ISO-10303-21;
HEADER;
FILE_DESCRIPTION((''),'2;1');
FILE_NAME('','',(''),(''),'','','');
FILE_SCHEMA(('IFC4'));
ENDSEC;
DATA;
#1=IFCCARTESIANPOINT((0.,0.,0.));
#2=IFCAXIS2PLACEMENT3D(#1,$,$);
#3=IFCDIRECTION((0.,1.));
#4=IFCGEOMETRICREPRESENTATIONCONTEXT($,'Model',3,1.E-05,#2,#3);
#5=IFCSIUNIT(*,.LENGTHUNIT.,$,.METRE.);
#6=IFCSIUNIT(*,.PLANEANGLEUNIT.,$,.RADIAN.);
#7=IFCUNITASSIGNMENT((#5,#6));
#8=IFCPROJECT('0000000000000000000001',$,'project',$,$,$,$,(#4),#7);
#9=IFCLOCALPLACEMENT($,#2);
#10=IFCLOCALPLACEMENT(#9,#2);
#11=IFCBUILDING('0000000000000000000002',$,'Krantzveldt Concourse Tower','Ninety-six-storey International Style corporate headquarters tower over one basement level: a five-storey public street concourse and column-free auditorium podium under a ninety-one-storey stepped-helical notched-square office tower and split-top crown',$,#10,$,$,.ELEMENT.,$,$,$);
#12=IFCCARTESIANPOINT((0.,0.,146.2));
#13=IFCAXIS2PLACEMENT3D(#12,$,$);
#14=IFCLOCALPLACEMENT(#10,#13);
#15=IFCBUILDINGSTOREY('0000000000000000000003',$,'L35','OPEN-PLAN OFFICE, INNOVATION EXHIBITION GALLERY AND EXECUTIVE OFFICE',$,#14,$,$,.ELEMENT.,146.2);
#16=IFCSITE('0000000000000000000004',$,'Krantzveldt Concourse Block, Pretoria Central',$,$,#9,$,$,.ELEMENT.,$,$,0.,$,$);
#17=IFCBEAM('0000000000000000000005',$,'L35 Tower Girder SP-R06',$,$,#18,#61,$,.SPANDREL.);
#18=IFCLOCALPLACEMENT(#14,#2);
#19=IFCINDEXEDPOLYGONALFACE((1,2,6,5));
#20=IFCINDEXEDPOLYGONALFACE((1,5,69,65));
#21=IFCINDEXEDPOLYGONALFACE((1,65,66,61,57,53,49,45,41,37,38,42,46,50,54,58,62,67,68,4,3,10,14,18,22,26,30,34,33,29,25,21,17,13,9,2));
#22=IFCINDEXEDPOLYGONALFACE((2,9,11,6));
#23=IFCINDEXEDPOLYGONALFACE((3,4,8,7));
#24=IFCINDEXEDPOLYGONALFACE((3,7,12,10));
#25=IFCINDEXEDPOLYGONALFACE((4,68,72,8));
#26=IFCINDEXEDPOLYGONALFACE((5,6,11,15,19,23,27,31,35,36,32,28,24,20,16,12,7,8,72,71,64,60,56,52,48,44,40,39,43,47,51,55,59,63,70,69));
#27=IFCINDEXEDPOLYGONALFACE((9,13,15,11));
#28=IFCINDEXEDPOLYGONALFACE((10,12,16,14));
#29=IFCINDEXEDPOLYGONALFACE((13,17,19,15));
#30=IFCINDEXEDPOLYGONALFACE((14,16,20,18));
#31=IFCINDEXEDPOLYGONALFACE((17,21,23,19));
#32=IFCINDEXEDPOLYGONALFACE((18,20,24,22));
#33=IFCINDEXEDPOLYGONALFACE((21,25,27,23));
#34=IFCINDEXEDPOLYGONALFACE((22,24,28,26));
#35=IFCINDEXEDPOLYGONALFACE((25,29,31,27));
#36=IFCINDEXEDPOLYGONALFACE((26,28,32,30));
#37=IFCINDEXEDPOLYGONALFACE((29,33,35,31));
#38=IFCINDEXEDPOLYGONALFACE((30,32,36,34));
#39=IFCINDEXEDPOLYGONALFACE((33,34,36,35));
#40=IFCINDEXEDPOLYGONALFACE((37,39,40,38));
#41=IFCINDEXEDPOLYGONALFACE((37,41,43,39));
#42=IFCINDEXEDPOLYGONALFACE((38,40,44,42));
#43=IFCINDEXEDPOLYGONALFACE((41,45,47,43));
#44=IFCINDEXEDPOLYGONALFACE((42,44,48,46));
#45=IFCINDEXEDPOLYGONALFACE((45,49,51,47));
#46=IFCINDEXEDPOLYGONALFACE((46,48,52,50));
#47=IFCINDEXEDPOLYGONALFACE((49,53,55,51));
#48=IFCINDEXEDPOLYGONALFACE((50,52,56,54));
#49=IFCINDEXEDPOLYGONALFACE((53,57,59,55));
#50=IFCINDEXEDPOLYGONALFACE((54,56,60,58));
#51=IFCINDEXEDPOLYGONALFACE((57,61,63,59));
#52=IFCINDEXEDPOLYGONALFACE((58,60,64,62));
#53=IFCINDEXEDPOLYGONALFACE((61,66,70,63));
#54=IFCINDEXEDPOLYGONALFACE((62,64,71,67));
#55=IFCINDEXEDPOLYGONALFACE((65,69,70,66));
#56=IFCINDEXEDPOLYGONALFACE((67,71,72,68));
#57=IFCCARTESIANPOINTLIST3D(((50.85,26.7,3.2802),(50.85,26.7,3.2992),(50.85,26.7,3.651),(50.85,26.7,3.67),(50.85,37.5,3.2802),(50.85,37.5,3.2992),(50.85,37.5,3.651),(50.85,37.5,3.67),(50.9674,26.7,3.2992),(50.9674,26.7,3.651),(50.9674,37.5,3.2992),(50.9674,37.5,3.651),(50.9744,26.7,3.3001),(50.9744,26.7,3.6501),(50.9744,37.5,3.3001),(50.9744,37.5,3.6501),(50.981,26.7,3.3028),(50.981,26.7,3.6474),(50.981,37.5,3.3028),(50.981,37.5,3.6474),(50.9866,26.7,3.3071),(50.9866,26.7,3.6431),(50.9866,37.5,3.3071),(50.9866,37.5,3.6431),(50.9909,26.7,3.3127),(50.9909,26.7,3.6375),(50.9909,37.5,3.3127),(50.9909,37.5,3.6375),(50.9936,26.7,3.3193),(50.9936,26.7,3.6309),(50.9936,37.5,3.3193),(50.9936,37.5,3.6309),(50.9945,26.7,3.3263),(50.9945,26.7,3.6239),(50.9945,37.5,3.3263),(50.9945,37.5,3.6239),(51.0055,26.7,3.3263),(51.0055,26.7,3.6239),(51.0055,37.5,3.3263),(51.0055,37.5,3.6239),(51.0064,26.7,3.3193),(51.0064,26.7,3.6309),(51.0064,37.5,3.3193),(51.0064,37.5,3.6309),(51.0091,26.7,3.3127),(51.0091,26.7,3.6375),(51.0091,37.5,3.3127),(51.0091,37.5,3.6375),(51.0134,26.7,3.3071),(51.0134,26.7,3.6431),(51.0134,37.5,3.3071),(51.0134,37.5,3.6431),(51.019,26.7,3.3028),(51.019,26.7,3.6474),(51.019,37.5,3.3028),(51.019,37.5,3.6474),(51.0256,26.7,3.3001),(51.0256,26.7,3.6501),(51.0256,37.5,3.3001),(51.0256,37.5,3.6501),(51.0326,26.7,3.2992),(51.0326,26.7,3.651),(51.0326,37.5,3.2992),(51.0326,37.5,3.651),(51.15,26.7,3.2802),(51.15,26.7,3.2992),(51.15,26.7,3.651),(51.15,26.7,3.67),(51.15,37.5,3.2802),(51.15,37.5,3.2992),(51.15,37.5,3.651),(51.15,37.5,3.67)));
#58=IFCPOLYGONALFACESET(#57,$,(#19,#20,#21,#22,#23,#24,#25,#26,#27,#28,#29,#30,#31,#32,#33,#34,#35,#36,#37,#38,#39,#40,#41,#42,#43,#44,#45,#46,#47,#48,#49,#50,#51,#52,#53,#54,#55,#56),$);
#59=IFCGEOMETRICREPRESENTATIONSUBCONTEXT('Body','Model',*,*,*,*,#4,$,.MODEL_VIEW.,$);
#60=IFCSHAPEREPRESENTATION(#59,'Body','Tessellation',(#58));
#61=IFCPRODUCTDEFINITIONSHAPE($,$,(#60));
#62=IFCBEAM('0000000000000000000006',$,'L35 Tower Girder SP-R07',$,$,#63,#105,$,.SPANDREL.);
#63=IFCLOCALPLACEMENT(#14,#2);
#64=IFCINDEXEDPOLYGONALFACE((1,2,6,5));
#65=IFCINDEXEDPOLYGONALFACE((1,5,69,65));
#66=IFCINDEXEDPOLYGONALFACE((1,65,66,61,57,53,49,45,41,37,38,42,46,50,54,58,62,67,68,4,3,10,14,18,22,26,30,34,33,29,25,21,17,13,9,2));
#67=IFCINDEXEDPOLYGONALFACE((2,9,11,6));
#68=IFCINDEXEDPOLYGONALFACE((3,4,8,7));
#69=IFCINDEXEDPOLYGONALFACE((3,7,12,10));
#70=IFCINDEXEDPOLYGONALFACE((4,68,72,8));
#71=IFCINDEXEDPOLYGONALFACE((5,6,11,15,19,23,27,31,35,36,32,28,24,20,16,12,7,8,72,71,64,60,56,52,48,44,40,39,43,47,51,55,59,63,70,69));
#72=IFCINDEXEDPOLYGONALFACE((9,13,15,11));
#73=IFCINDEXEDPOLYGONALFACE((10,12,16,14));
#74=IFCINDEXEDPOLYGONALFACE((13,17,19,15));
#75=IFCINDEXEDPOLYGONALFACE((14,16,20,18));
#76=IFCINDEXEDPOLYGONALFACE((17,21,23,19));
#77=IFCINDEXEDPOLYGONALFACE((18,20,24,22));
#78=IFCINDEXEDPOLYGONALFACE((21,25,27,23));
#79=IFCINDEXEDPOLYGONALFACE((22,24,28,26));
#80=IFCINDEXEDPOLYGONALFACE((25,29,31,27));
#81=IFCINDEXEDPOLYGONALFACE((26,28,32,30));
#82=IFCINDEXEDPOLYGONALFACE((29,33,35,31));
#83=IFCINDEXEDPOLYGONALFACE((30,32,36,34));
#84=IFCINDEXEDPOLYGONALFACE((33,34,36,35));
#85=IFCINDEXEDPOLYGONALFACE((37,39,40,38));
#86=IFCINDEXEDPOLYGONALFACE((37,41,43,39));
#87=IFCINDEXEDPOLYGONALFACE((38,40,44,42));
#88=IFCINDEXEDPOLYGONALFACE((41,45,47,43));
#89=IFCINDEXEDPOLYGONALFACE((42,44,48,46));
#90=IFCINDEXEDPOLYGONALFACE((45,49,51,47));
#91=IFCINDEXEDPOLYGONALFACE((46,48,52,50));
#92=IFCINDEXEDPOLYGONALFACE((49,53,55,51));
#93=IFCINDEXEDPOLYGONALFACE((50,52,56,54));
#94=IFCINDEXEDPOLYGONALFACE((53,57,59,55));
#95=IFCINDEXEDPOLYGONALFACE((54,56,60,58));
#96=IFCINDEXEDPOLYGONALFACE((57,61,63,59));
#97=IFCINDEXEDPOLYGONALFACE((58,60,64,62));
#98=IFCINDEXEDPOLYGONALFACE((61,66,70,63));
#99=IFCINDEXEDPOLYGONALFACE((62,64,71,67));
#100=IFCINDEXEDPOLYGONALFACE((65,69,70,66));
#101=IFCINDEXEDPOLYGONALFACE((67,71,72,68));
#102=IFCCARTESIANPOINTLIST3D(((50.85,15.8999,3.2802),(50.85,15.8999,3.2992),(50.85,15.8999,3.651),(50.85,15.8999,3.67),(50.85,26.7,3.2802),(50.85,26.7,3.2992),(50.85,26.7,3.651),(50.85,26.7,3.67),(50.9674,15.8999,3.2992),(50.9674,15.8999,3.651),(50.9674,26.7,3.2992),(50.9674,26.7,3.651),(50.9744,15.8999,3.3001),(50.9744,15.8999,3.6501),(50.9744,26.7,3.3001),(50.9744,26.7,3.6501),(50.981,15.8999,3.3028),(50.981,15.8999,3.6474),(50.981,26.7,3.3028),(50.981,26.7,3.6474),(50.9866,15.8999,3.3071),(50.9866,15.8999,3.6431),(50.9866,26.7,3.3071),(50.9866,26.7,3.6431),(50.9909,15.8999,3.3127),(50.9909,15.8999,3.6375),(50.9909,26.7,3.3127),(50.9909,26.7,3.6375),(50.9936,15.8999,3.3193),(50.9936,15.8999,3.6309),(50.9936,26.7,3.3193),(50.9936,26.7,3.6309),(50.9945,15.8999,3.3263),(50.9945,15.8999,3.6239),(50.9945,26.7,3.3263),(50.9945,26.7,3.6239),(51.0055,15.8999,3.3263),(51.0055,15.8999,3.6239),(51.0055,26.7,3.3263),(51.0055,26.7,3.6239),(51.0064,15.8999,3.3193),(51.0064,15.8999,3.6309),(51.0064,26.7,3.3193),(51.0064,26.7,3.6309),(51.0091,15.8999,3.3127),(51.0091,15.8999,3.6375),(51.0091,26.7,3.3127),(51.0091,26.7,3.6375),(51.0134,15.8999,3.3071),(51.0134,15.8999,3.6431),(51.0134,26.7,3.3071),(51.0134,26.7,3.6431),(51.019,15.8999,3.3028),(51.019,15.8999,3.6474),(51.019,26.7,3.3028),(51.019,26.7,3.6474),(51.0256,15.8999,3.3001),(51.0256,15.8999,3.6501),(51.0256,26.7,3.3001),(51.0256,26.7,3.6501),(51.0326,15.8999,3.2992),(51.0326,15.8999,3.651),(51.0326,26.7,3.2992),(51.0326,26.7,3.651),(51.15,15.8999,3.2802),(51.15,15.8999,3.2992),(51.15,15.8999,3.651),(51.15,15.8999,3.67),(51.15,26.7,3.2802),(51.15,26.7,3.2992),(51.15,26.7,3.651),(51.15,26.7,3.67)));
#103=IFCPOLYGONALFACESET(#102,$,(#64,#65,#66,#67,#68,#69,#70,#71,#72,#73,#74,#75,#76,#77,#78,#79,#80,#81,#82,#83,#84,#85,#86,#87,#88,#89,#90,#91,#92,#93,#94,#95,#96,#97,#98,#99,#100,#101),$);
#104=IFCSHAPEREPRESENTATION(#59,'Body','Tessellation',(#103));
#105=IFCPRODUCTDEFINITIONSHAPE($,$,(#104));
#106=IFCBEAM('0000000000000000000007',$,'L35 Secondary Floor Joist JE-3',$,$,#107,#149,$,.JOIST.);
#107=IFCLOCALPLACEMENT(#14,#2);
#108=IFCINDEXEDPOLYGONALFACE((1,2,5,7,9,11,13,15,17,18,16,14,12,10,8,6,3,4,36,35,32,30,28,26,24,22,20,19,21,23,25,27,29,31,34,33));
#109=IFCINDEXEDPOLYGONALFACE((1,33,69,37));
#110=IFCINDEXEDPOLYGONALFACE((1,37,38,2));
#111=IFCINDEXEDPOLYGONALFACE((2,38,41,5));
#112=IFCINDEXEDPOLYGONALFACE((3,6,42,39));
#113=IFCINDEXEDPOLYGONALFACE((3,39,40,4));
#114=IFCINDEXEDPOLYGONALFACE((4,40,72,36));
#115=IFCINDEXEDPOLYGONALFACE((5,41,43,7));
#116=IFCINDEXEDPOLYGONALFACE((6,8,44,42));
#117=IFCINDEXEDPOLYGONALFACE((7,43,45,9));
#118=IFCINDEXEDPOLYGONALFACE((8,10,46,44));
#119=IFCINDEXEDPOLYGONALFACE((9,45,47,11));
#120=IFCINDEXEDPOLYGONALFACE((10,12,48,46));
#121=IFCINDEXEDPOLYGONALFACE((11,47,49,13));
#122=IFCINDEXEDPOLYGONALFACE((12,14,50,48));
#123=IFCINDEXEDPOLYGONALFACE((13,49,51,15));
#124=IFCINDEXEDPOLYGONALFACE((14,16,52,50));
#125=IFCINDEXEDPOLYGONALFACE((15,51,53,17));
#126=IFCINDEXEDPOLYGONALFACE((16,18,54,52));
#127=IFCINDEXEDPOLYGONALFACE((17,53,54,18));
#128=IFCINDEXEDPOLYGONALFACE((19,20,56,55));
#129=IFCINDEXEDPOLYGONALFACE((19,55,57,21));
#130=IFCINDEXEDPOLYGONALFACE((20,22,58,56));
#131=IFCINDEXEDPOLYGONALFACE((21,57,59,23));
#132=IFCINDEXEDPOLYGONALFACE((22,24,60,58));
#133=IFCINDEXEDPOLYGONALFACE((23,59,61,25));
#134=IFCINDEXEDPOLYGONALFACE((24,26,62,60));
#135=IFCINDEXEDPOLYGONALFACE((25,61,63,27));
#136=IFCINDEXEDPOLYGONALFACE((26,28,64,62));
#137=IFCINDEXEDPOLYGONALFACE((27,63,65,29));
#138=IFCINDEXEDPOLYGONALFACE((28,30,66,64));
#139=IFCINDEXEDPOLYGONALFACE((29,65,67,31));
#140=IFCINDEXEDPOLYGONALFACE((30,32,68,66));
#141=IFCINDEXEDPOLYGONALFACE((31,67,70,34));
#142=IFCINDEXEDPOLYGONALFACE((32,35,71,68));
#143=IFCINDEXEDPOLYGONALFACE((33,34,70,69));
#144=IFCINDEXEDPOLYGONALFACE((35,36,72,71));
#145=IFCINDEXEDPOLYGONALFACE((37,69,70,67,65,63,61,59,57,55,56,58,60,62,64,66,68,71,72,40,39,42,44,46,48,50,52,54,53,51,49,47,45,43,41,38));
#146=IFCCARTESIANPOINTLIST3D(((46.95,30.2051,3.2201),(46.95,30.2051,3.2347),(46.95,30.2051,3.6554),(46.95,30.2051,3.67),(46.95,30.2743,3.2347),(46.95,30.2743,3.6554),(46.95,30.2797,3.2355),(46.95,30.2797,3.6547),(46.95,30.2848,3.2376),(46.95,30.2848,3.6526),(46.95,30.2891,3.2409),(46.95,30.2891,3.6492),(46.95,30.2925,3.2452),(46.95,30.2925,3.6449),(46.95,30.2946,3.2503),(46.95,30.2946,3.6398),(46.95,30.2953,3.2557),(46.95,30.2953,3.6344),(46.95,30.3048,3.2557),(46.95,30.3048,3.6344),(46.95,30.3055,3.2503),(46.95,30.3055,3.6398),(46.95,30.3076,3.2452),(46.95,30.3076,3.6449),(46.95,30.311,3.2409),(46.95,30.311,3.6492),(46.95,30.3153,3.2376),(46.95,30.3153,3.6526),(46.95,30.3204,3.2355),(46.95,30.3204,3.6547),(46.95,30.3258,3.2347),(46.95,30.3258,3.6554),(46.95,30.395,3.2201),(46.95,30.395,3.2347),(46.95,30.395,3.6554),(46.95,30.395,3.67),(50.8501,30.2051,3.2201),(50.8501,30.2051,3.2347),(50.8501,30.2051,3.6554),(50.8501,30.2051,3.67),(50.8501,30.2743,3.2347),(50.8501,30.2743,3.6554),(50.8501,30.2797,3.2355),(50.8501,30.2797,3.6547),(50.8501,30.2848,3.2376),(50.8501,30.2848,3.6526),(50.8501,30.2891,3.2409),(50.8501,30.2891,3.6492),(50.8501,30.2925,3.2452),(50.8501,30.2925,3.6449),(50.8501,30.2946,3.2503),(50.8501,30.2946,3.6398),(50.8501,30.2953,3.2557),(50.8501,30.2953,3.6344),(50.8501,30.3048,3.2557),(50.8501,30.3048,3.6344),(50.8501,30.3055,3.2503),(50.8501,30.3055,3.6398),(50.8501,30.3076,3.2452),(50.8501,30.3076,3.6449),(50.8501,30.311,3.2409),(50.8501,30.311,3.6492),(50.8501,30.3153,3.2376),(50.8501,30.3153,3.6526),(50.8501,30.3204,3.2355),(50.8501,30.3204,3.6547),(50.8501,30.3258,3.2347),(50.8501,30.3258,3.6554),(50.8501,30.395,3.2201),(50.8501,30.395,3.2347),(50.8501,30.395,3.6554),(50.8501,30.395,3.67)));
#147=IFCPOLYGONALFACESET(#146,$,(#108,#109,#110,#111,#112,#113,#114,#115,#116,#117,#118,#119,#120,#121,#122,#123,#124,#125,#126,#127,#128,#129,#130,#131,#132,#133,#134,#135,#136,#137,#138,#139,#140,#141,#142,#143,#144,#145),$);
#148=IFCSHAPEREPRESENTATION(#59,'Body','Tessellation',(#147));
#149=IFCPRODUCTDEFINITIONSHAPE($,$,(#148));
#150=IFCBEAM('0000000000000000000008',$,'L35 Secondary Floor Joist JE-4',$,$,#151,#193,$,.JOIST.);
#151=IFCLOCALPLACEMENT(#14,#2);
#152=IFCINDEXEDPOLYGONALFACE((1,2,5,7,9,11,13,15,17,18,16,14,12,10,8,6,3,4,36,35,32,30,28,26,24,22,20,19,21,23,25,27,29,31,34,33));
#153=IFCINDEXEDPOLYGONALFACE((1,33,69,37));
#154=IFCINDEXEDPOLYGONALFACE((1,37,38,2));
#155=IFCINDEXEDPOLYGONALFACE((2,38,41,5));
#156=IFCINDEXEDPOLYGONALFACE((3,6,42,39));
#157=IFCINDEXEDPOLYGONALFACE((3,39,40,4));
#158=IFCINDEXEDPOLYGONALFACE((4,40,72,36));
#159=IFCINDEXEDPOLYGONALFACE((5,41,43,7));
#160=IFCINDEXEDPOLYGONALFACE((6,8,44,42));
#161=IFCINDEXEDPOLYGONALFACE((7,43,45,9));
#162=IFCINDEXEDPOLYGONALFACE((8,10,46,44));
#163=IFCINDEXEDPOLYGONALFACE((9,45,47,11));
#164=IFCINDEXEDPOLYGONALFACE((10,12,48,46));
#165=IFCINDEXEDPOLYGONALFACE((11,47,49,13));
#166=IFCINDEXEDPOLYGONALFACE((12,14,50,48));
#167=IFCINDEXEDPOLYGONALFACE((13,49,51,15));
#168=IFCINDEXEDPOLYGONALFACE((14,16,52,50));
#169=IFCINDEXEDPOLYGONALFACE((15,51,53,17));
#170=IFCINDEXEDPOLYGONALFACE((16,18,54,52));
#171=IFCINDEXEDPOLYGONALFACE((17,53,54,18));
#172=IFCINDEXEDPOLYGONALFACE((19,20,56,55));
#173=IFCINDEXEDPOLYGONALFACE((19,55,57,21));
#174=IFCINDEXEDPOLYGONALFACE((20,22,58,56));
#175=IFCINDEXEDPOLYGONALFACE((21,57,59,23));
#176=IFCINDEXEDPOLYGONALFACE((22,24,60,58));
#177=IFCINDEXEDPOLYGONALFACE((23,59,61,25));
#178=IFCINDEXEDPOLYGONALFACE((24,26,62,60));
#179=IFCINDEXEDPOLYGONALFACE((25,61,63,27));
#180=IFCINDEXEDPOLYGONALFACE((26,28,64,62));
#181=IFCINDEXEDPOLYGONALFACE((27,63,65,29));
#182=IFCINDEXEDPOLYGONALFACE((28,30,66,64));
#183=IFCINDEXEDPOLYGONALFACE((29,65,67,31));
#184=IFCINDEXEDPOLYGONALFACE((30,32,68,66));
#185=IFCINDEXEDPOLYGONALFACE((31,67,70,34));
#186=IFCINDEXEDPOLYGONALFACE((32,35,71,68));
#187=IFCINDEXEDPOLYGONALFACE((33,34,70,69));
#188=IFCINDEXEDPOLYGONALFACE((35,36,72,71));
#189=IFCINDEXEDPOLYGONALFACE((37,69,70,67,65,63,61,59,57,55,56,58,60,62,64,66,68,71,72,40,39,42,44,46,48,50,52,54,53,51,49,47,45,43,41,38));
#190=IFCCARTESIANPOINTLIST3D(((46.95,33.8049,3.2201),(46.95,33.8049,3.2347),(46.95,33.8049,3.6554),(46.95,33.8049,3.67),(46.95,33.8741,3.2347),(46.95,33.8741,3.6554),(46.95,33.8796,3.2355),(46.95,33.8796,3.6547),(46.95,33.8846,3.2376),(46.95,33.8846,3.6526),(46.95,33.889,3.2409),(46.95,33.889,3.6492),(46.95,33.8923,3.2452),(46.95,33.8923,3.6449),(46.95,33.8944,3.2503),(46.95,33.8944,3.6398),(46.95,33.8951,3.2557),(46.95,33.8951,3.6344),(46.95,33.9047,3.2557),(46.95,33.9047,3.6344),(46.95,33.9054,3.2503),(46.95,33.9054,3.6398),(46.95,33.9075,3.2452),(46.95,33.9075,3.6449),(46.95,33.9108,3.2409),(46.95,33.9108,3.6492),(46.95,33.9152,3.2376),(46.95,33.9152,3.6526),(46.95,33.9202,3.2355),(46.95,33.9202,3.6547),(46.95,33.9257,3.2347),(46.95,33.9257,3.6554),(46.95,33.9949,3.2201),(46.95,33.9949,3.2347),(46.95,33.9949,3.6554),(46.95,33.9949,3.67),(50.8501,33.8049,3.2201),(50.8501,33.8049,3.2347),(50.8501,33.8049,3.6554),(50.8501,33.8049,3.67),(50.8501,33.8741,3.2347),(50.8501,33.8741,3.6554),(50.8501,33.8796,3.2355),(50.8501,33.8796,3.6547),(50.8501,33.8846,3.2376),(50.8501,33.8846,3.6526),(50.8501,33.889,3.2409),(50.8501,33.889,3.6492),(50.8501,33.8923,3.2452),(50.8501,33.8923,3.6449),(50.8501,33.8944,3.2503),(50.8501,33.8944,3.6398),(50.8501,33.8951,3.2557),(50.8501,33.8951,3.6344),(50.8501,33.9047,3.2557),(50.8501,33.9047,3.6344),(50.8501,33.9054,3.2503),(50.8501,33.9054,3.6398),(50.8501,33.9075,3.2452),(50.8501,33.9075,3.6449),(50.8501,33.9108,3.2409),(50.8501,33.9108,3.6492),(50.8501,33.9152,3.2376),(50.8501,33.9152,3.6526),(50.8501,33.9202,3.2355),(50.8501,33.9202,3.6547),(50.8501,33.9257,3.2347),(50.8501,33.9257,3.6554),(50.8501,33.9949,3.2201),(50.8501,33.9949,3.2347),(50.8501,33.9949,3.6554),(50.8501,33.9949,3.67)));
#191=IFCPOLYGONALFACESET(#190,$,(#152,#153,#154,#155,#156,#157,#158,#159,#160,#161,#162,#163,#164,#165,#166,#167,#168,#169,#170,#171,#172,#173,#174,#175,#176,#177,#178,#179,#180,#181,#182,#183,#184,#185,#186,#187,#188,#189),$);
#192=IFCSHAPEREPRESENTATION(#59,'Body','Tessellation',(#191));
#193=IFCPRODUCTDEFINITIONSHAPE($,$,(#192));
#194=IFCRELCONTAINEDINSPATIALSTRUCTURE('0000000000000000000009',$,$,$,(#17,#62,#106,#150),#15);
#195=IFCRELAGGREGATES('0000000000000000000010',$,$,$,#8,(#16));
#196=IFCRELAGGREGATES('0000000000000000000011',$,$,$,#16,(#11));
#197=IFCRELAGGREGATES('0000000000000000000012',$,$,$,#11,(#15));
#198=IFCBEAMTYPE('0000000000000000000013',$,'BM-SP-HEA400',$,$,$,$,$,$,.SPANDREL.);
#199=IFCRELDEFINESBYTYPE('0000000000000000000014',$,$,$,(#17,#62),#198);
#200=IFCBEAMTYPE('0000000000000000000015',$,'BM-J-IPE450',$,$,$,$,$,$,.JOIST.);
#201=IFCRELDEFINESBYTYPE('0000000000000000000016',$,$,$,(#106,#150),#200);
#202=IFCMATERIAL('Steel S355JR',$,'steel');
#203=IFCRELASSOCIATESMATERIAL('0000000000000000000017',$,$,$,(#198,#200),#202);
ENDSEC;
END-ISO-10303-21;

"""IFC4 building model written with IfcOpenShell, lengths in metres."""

from ifc_helpers import new_model, si_unit, direction, frame, origin, origin_2d, place, context, subcontext, project, spatial, i_section, extrude, source, transform, mapped, material, material_profile, profile_set, type_object, type_shapes, element, save


model = new_model("IFC4")

# Units and contexts
model_context = context("Model", 3, precision=1e-05, world=origin(), true_north=direction((0.0, 1.0)))
body_context = subcontext(model_context, "Body", "Model", "MODEL_VIEW")
ifc_project = project(units=[si_unit("LENGTHUNIT", "METRE"), si_unit("PLANEANGLEUNIT", "RADIAN")], contexts=[model_context])

# Site, building, storey
site_placement = place(None, origin())
site = spatial("IfcSite", under=ifc_project, at=site_placement, Name="Krantzveldt Concourse Block, Pretoria Central", CompositionType="ELEMENT", RefElevation=0.0)
building_placement = place(site_placement, origin())
building = spatial("IfcBuilding", under=site, at=building_placement, Name="Krantzveldt Concourse Tower", Description="Ninety-six-storey International Style corporate headquarters tower over one basement level: a five-storey public street concourse and column-free auditorium podium under a ninety-one-storey stepped-helical notched-square office tower and split-top crown", CompositionType="ELEMENT")
storey_placement = place(building_placement, frame((0.0, 0.0, 146.2)))
storey = spatial("IfcBuildingStorey", under=building, at=storey_placement, Name="L35", Description="OPEN-PLAN OFFICE, INNOVATION EXHIBITION GALLERY AND EXECUTIVE OFFICE", CompositionType="ELEMENT", Elevation=146.2)

# Beams
ifc_material_1 = material(Name="Steel S355JR", Category="steel")
ifc_material_profile_1 = material_profile(ifc_material_1, i_section(OverallWidth=0.3, OverallDepth=0.3899, WebThickness=0.011, FlangeThickness=0.019, FilletRadius=0.0271, at=origin_2d()), Name="Steel S355JR", Category="steel")
ifc_profile_set_1 = profile_set([ifc_material_profile_1], Name="Steel S355JR - HEA 400")
beam_type_1 = type_object("IfcBeamType", Name="BM-SP-HEA400", PredefinedType="SPANDREL", material=ifc_profile_set_1)
shared_shape_1 = source(origin(), body_context, "Body", "SweptSolid", [
    extrude(i_section(OverallWidth=0.3, OverallDepth=0.3899, WebThickness=0.011, FlangeThickness=0.019, FilletRadius=0.0271, at=origin_2d()), origin(), (0.0, 0.0, 1.0), 10.8),
])
type_shapes(beam_type_1, [shared_shape_1])
for number, where, z_axis, x_axis, name in (
    (1, (51.0, 37.5, 3.4751), (0.0, -1.0, 0.0), (1.0, 0.0, 0.0), "L35 Tower Girder SP-R06"),
    (2, (51.0, 26.7, 3.4751), (0.0, -1.0, 0.0), (1.0, 0.0, 0.0), "L35 Tower Girder SP-R07"),
):
    element("IfcBeam", number, at=place(storey_placement, frame(where, z_axis=z_axis, x_axis=x_axis)), inside=storey, type_object=beam_type_1, Name=name, PredefinedType="SPANDREL", context=body_context, shape_type="MappedRepresentation", body=[
        mapped(shared_shape_1, transform((0.0, 0.0, 0.0), x_axis=(1.0, 0.0, 0.0), y_axis=(0.0, 1.0, 0.0), z_axis=(0.0, 0.0, 1.0), scale=1.0)),
    ])
ifc_material_profile_2 = material_profile(ifc_material_1, i_section(OverallWidth=0.1899, OverallDepth=0.45, WebThickness=0.0095, FlangeThickness=0.0146, FilletRadius=0.021, at=origin_2d()), Name="Steel S355JR", Category="steel")
ifc_profile_set_2 = profile_set([ifc_material_profile_2], Name="Steel S355JR - IPE 450")
beam_type_2 = type_object("IfcBeamType", Name="BM-J-IPE450", PredefinedType="JOIST", material=ifc_profile_set_2)
shared_shape_2 = source(origin(), body_context, "Body", "SweptSolid", [
    extrude(i_section(OverallWidth=0.1899, OverallDepth=0.45, WebThickness=0.0095, FlangeThickness=0.0146, FilletRadius=0.021, at=origin_2d()), origin(), (0.0, 0.0, 1.0), 3.9001),
])
type_shapes(beam_type_2, [shared_shape_2])
for number, where, z_axis, x_axis, name in (
    (3, (46.95, 30.3, 3.4451), (1.0, 0.0, 0.0), (0.0, 1.0, 0.0), "L35 Secondary Floor Joist JE-3"),
    (4, (46.95, 33.8999, 3.4451), (1.0, 0.0, 0.0), (0.0, 1.0, 0.0), "L35 Secondary Floor Joist JE-4"),
):
    element("IfcBeam", number, at=place(storey_placement, frame(where, z_axis=z_axis, x_axis=x_axis)), inside=storey, type_object=beam_type_2, Name=name, PredefinedType="JOIST", context=body_context, shape_type="MappedRepresentation", body=[
        mapped(shared_shape_2, transform((0.0, 0.0, 0.0), x_axis=(1.0, 0.0, 0.0), y_axis=(0.0, 1.0, 0.0), z_axis=(0.0, 0.0, 1.0), scale=1.0)),
    ])

save(model, "model.ifc")
